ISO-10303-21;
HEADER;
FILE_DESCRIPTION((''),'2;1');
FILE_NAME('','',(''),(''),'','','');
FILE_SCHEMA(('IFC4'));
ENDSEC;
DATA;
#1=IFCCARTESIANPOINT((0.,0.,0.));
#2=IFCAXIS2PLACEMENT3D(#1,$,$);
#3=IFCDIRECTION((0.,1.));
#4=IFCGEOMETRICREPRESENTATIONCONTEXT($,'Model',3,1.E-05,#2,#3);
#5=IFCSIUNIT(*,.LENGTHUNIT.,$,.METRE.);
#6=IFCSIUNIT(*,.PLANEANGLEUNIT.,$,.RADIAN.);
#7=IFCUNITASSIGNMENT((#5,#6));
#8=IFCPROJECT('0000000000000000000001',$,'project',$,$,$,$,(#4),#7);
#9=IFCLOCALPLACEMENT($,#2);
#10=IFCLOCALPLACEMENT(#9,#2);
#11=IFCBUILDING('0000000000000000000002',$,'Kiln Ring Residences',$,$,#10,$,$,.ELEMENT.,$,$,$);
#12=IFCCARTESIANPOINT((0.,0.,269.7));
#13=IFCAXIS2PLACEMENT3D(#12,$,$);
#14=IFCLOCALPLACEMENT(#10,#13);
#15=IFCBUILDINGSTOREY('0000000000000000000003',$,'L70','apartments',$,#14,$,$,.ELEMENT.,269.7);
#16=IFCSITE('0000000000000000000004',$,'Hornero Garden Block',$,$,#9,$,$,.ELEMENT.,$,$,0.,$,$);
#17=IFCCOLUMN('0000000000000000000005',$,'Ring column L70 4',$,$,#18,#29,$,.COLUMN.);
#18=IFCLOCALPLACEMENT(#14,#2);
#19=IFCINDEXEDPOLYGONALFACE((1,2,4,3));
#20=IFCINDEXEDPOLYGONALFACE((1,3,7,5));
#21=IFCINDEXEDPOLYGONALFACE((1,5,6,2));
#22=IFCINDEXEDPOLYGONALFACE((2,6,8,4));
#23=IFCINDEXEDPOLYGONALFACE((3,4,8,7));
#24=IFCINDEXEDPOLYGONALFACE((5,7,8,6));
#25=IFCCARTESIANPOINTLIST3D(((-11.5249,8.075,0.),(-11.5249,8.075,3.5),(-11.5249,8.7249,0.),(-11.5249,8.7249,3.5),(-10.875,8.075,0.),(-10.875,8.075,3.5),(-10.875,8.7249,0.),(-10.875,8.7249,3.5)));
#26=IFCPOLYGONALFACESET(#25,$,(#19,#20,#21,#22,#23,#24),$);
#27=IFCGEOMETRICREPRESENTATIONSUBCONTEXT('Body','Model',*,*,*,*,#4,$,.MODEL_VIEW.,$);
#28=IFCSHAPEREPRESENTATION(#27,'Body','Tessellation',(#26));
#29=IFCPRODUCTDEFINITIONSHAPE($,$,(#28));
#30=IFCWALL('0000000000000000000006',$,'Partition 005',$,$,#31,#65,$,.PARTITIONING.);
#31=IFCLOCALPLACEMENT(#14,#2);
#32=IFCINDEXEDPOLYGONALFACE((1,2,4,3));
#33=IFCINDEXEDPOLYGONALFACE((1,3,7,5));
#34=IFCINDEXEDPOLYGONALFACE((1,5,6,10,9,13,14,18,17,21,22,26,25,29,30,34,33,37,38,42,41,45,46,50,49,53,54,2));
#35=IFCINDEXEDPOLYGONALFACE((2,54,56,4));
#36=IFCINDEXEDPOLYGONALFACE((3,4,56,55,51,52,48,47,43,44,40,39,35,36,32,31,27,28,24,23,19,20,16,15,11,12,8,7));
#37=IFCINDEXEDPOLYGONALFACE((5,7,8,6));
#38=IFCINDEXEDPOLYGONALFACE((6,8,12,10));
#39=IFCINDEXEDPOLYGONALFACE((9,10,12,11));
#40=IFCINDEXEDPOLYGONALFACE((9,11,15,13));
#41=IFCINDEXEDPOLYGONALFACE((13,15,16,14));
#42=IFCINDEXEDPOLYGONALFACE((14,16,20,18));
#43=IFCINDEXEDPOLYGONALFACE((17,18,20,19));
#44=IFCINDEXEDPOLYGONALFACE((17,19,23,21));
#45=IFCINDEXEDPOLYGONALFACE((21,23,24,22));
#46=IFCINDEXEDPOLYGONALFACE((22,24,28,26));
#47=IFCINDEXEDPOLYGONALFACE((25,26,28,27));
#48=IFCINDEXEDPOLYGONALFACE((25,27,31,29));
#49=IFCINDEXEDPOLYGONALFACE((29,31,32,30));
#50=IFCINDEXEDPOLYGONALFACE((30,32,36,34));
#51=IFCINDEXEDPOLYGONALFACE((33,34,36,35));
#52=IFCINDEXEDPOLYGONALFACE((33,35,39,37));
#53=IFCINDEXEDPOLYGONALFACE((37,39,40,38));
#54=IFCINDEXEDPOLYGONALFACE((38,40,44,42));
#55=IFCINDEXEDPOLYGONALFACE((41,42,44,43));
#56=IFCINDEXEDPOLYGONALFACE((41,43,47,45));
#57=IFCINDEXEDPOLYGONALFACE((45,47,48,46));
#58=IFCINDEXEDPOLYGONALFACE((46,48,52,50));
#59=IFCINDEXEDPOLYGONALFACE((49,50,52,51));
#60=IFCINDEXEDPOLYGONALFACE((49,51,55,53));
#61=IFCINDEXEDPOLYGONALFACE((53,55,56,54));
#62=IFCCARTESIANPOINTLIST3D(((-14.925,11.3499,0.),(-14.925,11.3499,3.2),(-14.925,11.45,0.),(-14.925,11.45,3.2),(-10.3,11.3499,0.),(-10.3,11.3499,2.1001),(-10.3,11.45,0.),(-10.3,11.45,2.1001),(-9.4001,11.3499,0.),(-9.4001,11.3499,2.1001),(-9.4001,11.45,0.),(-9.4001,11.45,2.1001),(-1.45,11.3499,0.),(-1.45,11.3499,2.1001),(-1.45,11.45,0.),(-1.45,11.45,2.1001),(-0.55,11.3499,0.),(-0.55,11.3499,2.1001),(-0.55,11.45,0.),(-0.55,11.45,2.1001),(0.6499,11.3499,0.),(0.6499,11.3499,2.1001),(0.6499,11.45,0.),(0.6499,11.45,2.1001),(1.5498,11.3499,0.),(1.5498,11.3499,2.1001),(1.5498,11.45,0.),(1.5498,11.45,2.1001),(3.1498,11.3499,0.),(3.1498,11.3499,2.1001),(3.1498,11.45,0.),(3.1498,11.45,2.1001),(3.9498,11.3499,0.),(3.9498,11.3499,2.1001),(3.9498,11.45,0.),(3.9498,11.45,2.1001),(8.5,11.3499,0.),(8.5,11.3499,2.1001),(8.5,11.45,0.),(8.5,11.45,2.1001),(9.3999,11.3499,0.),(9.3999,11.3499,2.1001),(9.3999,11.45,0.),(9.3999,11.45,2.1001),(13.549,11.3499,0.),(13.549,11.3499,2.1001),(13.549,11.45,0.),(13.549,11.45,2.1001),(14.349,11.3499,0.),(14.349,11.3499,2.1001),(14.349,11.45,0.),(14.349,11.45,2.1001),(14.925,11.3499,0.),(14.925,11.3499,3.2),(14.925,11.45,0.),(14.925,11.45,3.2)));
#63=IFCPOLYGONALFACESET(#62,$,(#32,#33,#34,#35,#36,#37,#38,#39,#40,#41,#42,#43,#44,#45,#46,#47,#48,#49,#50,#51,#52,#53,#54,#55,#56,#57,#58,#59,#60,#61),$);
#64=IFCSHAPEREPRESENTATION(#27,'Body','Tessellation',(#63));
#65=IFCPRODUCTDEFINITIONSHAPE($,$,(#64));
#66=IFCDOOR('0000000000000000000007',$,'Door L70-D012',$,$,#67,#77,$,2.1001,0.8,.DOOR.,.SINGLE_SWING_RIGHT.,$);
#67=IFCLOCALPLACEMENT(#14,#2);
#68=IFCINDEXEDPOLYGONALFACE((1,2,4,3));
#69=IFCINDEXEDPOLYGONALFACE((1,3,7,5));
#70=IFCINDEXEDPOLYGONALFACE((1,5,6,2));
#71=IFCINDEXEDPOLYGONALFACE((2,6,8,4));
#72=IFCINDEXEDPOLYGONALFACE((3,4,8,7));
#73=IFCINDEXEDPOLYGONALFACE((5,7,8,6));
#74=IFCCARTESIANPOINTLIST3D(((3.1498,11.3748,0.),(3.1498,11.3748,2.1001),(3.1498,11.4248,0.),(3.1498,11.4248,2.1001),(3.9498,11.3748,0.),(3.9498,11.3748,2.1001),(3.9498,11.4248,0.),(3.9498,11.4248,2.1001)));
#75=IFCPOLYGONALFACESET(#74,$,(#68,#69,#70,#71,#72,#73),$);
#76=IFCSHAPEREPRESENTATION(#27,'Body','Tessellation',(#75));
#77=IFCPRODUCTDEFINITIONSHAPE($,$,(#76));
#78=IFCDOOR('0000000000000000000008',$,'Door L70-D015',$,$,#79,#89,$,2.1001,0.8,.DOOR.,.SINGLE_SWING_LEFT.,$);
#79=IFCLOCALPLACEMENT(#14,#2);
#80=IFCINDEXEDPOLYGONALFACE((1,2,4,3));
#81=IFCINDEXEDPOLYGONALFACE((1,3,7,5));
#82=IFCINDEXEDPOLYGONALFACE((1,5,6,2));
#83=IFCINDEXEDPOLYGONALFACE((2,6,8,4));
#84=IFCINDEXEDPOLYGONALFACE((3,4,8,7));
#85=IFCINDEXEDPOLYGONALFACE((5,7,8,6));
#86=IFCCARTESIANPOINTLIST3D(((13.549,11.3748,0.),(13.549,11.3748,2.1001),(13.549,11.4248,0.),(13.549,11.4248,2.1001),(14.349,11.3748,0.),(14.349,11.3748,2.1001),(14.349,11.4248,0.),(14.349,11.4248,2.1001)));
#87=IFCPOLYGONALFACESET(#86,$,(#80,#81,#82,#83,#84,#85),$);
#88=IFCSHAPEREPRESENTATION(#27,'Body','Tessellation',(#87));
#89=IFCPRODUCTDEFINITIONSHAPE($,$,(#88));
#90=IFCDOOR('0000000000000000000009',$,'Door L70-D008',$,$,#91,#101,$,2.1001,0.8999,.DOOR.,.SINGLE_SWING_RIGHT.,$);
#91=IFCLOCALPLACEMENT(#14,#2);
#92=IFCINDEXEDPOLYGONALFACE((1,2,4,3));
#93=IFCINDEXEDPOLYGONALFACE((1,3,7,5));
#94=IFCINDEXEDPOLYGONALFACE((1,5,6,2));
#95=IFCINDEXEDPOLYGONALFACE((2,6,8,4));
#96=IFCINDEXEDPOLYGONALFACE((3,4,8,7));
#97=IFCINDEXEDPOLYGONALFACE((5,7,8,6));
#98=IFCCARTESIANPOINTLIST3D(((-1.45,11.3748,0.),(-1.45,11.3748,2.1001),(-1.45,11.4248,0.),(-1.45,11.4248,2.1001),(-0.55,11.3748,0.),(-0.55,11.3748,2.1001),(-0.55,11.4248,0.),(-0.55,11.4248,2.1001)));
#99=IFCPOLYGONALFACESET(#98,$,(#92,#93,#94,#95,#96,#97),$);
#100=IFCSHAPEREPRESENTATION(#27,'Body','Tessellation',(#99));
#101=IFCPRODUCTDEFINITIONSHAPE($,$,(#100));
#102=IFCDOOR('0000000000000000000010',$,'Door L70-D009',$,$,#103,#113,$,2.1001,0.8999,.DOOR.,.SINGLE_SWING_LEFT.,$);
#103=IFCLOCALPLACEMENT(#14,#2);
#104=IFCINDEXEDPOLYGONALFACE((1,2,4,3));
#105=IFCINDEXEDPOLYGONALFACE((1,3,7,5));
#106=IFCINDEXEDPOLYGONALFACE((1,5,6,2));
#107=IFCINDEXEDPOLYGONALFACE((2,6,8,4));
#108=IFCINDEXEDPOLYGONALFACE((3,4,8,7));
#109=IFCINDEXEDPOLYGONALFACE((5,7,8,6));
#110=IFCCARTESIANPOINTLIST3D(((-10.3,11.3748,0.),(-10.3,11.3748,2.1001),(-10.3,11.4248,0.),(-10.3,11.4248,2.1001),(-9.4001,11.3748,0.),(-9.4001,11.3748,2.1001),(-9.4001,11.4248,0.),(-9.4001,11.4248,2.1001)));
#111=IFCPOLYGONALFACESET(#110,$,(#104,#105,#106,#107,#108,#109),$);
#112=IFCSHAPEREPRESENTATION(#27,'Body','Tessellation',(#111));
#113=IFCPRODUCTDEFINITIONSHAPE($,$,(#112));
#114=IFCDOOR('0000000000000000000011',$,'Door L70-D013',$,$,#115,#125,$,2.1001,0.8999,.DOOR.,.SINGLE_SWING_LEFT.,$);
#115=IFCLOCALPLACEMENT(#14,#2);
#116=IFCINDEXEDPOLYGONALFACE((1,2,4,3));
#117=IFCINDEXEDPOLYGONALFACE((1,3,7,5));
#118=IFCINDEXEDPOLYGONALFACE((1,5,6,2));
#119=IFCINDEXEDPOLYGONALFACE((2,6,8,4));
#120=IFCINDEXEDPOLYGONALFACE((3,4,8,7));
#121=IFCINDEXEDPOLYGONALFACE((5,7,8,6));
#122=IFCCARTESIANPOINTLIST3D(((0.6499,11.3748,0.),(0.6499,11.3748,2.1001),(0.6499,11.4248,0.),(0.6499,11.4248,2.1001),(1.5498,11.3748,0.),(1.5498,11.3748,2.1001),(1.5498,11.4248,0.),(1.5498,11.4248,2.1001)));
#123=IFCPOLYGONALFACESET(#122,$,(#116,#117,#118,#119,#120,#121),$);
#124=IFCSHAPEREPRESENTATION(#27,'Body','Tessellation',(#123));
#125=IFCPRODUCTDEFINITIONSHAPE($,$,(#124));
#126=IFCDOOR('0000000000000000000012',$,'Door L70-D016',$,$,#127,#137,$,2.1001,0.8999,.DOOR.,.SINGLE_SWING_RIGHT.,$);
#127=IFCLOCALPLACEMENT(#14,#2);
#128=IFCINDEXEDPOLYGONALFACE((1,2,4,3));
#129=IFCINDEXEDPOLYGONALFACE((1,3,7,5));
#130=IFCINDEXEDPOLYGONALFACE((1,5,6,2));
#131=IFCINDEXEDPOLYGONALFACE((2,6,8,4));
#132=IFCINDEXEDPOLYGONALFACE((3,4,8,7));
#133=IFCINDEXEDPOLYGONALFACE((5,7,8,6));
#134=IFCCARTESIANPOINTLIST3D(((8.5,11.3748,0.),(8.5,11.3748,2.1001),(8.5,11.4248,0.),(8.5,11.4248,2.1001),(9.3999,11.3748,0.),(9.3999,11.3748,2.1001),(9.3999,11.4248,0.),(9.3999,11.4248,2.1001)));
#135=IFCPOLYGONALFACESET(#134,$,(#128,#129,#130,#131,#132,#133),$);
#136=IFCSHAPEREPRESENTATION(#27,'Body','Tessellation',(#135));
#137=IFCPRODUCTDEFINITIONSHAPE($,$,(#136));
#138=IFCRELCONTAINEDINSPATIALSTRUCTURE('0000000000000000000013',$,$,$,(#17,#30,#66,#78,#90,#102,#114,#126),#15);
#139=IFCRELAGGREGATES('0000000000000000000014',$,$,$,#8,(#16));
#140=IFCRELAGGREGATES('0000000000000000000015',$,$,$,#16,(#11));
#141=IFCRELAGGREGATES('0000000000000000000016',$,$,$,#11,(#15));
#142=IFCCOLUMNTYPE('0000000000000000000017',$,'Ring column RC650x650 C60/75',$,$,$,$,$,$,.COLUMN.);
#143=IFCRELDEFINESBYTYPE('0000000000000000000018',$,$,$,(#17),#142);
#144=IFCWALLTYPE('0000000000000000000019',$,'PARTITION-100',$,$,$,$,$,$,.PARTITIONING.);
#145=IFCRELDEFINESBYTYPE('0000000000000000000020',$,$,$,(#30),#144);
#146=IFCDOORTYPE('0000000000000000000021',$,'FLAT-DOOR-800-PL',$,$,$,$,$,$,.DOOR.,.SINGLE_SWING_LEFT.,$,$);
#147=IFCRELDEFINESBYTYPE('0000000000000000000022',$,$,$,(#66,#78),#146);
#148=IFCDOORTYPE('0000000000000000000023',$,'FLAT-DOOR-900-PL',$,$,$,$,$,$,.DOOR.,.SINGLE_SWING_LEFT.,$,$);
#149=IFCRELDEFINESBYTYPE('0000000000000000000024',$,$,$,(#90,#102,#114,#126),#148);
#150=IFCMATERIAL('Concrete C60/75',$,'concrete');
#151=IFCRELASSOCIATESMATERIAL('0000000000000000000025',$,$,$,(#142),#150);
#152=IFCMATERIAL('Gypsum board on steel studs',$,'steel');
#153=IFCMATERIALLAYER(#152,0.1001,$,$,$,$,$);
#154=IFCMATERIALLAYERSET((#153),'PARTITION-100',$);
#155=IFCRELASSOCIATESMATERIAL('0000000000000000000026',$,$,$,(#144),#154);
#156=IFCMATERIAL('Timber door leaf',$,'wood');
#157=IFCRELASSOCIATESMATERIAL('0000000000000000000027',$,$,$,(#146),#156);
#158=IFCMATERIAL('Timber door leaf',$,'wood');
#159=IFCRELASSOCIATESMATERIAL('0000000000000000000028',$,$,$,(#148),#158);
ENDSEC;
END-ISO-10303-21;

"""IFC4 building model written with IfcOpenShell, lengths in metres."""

from ifc_helpers import new_model, si_unit, direction, frame, frame_2d, origin, origin_2d, place, context, subcontext, project, spatial, rectangle, extrude, material, layer, layer_set, material_profile, profile_set, type_object, element, fill, save


model = new_model("IFC4")

# Units and contexts
model_context = context("Model", 3, precision=1e-05, world=origin(), true_north=direction((0.0, 1.0)))
body_context = subcontext(model_context, "Body", "Model", "MODEL_VIEW")
ifc_project = project(units=[si_unit("LENGTHUNIT", "METRE"), si_unit("PLANEANGLEUNIT", "RADIAN")], contexts=[model_context])

# Site, building, storey
site_placement = place(None, origin())
site = spatial("IfcSite", under=ifc_project, at=site_placement, Name="Hornero Garden Block", CompositionType="ELEMENT", RefElevation=0.0)
building_placement = place(site_placement, origin())
building = spatial("IfcBuilding", under=site, at=building_placement, Name="Kiln Ring Residences", CompositionType="ELEMENT")
storey_placement = place(building_placement, frame((0.0, 0.0, 269.7)))
storey = spatial("IfcBuildingStorey", under=building, at=storey_placement, Name="L70", Description="apartments", CompositionType="ELEMENT", Elevation=269.7)

# Column
ifc_material_1 = material(Name="Concrete C60/75", Category="concrete")
ifc_material_profile = material_profile(ifc_material_1, rectangle(XDim=0.6499, YDim=0.6499, at=origin_2d()), Name="RC650x650")
ifc_profile_set = profile_set([ifc_material_profile], Name="Concrete C60/75")
column_type = type_object("IfcColumnType", Name="Ring column RC650x650 C60/75", PredefinedType="COLUMN", material=ifc_profile_set)
column_placement = place(storey_placement, frame((-11.2, 8.3999, 0.0), z_axis=(0.0, 0.0, 1.0), x_axis=(1.0, 0.0, 0.0)))
element("IfcColumn", 1, at=column_placement, inside=storey, type_object=column_type, Name="Ring column L70 4", PredefinedType="COLUMN", context=body_context, shape_type="SweptSolid", body=[
    extrude(rectangle(XDim=0.6499, YDim=0.6499, at=origin_2d()), origin(), (0.0, 0.0, 1.0), 3.5),
])

# Wall, openings, doors
ifc_material_2 = material(Name="Gypsum board on steel studs", Category="steel")
ifc_layer_1 = layer(ifc_material_2, 0.1001)
ifc_layer_set_1 = layer_set([ifc_layer_1], Name="PARTITION-100")
wall_type_1 = type_object("IfcWallType", Name="PARTITION-100", PredefinedType="PARTITIONING", material=ifc_layer_set_1)
wall_1_placement = place(storey_placement, frame((-14.925, 11.3999, 0.0), z_axis=(0.0, 0.0, 1.0), x_axis=(1.0, 0.0, 0.0)))
wall_1 = element("IfcWall", 2, at=wall_1_placement, inside=storey, type_object=wall_type_1, Name="Partition 005", PredefinedType="PARTITIONING", context=body_context, shape_type="SweptSolid", body=[
    extrude(rectangle(XDim=29.8501, YDim=0.1001, at=frame_2d((14.925, 0.0))), origin(), (0.0, 0.0, 1.0), 3.2),
])
opening_1_placement = place(wall_1_placement, frame((13.4751, 0.0, 0.0)))
opening_1 = element("IfcOpeningElement", 3, at=opening_1_placement, cuts=wall_1, PredefinedType="OPENING", context=body_context, shape_type="SweptSolid", body=[
    extrude(rectangle(XDim=0.8999, YDim=2.1001, at=frame_2d((0.45, 1.05))), frame((0.0, 0.0601, 0.0), z_axis=(0.0, -1.0, 0.0), x_axis=(1.0, 0.0, 0.0)), (0.0, 0.0, 1.0), 0.1201),
])
opening_2_placement = place(wall_1_placement, frame((4.625, 0.0, 0.0)))
opening_2 = element("IfcOpeningElement", 4, at=opening_2_placement, cuts=wall_1, PredefinedType="OPENING", context=body_context, shape_type="SweptSolid", body=[
    extrude(rectangle(XDim=0.8999, YDim=2.1001, at=frame_2d((0.45, 1.05))), frame((0.0, 0.0601, 0.0), z_axis=(0.0, -1.0, 0.0), x_axis=(1.0, 0.0, 0.0)), (0.0, 0.0, 1.0), 0.1201),
])
opening_3_placement = place(wall_1_placement, frame((18.075, 0.0, 0.0)))
opening_3 = element("IfcOpeningElement", 5, at=opening_3_placement, cuts=wall_1, PredefinedType="OPENING", context=body_context, shape_type="SweptSolid", body=[
    extrude(rectangle(XDim=0.8, YDim=2.1001, at=frame_2d((0.3999, 1.05))), frame((0.0, 0.0601, 0.0), z_axis=(0.0, -1.0, 0.0), x_axis=(1.0, 0.0, 0.0)), (0.0, 0.0, 1.0), 0.1201),
])
opening_4_placement = place(wall_1_placement, frame((15.575, 0.0, 0.0)))
opening_4 = element("IfcOpeningElement", 6, at=opening_4_placement, cuts=wall_1, PredefinedType="OPENING", context=body_context, shape_type="SweptSolid", body=[
    extrude(rectangle(XDim=0.8999, YDim=2.1001, at=frame_2d((0.45, 1.05))), frame((0.0, 0.0601, 0.0), z_axis=(0.0, -1.0, 0.0), x_axis=(1.0, 0.0, 0.0)), (0.0, 0.0, 1.0), 0.1201),
])
opening_5_placement = place(wall_1_placement, frame((28.4741, 0.0, 0.0)))
opening_5 = element("IfcOpeningElement", 7, at=opening_5_placement, cuts=wall_1, PredefinedType="OPENING", context=body_context, shape_type="SweptSolid", body=[
    extrude(rectangle(XDim=0.8, YDim=2.1001, at=frame_2d((0.3999, 1.05))), frame((0.0, 0.0601, 0.0), z_axis=(0.0, -1.0, 0.0), x_axis=(1.0, 0.0, 0.0)), (0.0, 0.0, 1.0), 0.1201),
])
opening_6_placement = place(wall_1_placement, frame((23.425, 0.0, 0.0)))
opening_6 = element("IfcOpeningElement", 8, at=opening_6_placement, cuts=wall_1, PredefinedType="OPENING", context=body_context, shape_type="SweptSolid", body=[
    extrude(rectangle(XDim=0.8999, YDim=2.1001, at=frame_2d((0.45, 1.05))), frame((0.0, 0.0601, 0.0), z_axis=(0.0, -1.0, 0.0), x_axis=(1.0, 0.0, 0.0)), (0.0, 0.0, 1.0), 0.1201),
])
ifc_material_3 = material(Name="Timber door leaf", Category="wood")
door_type_1 = type_object("IfcDoorType", Name="FLAT-DOOR-800-PL", OperationType="SINGLE_SWING_LEFT", PredefinedType="DOOR", material=ifc_material_3)
door_1_placement = place(opening_3_placement, origin())
door_1 = element("IfcDoor", 9, at=door_1_placement, inside=storey, type_object=door_type_1, Name="Door L70-D012", OperationType="SINGLE_SWING_RIGHT", OverallHeight=2.1001, OverallWidth=0.8, PredefinedType="DOOR", context=body_context, shape_type="SweptSolid", body=[
    extrude(rectangle(XDim=0.8, YDim=2.1001, at=frame_2d((0.3999, 1.05))), frame((0.0, 0.0249, 0.0), z_axis=(0.0, -1.0, 0.0), x_axis=(1.0, 0.0, 0.0)), (0.0, 0.0, 1.0), 0.05),
])
fill(opening_3, door_1)
door_2_placement = place(opening_5_placement, origin())
door_2 = element("IfcDoor", 10, at=door_2_placement, inside=storey, type_object=door_type_1, Name="Door L70-D015", OperationType="SINGLE_SWING_LEFT", OverallHeight=2.1001, OverallWidth=0.8, PredefinedType="DOOR", context=body_context, shape_type="SweptSolid", body=[
    extrude(rectangle(XDim=0.8, YDim=2.1001, at=frame_2d((0.3999, 1.05))), frame((0.0, 0.0249, 0.0), z_axis=(0.0, -1.0, 0.0), x_axis=(1.0, 0.0, 0.0)), (0.0, 0.0, 1.0), 0.05),
])
fill(opening_5, door_2)
ifc_material_4 = material(Name="Timber door leaf", Category="wood")
door_type_2 = type_object("IfcDoorType", Name="FLAT-DOOR-900-PL", OperationType="SINGLE_SWING_LEFT", PredefinedType="DOOR", material=ifc_material_4)
door_3_placement = place(opening_1_placement, origin())
door_3 = element("IfcDoor", 11, at=door_3_placement, inside=storey, type_object=door_type_2, Name="Door L70-D008", OperationType="SINGLE_SWING_RIGHT", OverallHeight=2.1001, OverallWidth=0.8999, PredefinedType="DOOR", context=body_context, shape_type="SweptSolid", body=[
    extrude(rectangle(XDim=0.8999, YDim=2.1001, at=frame_2d((0.45, 1.05))), frame((0.0, 0.0249, 0.0), z_axis=(0.0, -1.0, 0.0), x_axis=(1.0, 0.0, 0.0)), (0.0, 0.0, 1.0), 0.05),
])
fill(opening_1, door_3)
door_4_placement = place(opening_2_placement, origin())
door_4 = element("IfcDoor", 12, at=door_4_placement, inside=storey, type_object=door_type_2, Name="Door L70-D009", OperationType="SINGLE_SWING_LEFT", OverallHeight=2.1001, OverallWidth=0.8999, PredefinedType="DOOR", context=body_context, shape_type="SweptSolid", body=[
    extrude(rectangle(XDim=0.8999, YDim=2.1001, at=frame_2d((0.45, 1.05))), frame((0.0, 0.0249, 0.0), z_axis=(0.0, -1.0, 0.0), x_axis=(1.0, 0.0, 0.0)), (0.0, 0.0, 1.0), 0.05),
])
fill(opening_2, door_4)
door_5_placement = place(opening_4_placement, origin())
door_5 = element("IfcDoor", 13, at=door_5_placement, inside=storey, type_object=door_type_2, Name="Door L70-D013", OperationType="SINGLE_SWING_LEFT", OverallHeight=2.1001, OverallWidth=0.8999, PredefinedType="DOOR", context=body_context, shape_type="SweptSolid", body=[
    extrude(rectangle(XDim=0.8999, YDim=2.1001, at=frame_2d((0.45, 1.05))), frame((0.0, 0.0249, 0.0), z_axis=(0.0, -1.0, 0.0), x_axis=(1.0, 0.0, 0.0)), (0.0, 0.0, 1.0), 0.05),
])
fill(opening_4, door_5)
door_6_placement = place(opening_6_placement, origin())
door_6 = element("IfcDoor", 14, at=door_6_placement, inside=storey, type_object=door_type_2, Name="Door L70-D016", OperationType="SINGLE_SWING_RIGHT", OverallHeight=2.1001, OverallWidth=0.8999, PredefinedType="DOOR", context=body_context, shape_type="SweptSolid", body=[
    extrude(rectangle(XDim=0.8999, YDim=2.1001, at=frame_2d((0.45, 1.05))), frame((0.0, 0.0249, 0.0), z_axis=(0.0, -1.0, 0.0), x_axis=(1.0, 0.0, 0.0)), (0.0, 0.0, 1.0), 0.05),
])
fill(opening_6, door_6)

save(model, "model.ifc")
